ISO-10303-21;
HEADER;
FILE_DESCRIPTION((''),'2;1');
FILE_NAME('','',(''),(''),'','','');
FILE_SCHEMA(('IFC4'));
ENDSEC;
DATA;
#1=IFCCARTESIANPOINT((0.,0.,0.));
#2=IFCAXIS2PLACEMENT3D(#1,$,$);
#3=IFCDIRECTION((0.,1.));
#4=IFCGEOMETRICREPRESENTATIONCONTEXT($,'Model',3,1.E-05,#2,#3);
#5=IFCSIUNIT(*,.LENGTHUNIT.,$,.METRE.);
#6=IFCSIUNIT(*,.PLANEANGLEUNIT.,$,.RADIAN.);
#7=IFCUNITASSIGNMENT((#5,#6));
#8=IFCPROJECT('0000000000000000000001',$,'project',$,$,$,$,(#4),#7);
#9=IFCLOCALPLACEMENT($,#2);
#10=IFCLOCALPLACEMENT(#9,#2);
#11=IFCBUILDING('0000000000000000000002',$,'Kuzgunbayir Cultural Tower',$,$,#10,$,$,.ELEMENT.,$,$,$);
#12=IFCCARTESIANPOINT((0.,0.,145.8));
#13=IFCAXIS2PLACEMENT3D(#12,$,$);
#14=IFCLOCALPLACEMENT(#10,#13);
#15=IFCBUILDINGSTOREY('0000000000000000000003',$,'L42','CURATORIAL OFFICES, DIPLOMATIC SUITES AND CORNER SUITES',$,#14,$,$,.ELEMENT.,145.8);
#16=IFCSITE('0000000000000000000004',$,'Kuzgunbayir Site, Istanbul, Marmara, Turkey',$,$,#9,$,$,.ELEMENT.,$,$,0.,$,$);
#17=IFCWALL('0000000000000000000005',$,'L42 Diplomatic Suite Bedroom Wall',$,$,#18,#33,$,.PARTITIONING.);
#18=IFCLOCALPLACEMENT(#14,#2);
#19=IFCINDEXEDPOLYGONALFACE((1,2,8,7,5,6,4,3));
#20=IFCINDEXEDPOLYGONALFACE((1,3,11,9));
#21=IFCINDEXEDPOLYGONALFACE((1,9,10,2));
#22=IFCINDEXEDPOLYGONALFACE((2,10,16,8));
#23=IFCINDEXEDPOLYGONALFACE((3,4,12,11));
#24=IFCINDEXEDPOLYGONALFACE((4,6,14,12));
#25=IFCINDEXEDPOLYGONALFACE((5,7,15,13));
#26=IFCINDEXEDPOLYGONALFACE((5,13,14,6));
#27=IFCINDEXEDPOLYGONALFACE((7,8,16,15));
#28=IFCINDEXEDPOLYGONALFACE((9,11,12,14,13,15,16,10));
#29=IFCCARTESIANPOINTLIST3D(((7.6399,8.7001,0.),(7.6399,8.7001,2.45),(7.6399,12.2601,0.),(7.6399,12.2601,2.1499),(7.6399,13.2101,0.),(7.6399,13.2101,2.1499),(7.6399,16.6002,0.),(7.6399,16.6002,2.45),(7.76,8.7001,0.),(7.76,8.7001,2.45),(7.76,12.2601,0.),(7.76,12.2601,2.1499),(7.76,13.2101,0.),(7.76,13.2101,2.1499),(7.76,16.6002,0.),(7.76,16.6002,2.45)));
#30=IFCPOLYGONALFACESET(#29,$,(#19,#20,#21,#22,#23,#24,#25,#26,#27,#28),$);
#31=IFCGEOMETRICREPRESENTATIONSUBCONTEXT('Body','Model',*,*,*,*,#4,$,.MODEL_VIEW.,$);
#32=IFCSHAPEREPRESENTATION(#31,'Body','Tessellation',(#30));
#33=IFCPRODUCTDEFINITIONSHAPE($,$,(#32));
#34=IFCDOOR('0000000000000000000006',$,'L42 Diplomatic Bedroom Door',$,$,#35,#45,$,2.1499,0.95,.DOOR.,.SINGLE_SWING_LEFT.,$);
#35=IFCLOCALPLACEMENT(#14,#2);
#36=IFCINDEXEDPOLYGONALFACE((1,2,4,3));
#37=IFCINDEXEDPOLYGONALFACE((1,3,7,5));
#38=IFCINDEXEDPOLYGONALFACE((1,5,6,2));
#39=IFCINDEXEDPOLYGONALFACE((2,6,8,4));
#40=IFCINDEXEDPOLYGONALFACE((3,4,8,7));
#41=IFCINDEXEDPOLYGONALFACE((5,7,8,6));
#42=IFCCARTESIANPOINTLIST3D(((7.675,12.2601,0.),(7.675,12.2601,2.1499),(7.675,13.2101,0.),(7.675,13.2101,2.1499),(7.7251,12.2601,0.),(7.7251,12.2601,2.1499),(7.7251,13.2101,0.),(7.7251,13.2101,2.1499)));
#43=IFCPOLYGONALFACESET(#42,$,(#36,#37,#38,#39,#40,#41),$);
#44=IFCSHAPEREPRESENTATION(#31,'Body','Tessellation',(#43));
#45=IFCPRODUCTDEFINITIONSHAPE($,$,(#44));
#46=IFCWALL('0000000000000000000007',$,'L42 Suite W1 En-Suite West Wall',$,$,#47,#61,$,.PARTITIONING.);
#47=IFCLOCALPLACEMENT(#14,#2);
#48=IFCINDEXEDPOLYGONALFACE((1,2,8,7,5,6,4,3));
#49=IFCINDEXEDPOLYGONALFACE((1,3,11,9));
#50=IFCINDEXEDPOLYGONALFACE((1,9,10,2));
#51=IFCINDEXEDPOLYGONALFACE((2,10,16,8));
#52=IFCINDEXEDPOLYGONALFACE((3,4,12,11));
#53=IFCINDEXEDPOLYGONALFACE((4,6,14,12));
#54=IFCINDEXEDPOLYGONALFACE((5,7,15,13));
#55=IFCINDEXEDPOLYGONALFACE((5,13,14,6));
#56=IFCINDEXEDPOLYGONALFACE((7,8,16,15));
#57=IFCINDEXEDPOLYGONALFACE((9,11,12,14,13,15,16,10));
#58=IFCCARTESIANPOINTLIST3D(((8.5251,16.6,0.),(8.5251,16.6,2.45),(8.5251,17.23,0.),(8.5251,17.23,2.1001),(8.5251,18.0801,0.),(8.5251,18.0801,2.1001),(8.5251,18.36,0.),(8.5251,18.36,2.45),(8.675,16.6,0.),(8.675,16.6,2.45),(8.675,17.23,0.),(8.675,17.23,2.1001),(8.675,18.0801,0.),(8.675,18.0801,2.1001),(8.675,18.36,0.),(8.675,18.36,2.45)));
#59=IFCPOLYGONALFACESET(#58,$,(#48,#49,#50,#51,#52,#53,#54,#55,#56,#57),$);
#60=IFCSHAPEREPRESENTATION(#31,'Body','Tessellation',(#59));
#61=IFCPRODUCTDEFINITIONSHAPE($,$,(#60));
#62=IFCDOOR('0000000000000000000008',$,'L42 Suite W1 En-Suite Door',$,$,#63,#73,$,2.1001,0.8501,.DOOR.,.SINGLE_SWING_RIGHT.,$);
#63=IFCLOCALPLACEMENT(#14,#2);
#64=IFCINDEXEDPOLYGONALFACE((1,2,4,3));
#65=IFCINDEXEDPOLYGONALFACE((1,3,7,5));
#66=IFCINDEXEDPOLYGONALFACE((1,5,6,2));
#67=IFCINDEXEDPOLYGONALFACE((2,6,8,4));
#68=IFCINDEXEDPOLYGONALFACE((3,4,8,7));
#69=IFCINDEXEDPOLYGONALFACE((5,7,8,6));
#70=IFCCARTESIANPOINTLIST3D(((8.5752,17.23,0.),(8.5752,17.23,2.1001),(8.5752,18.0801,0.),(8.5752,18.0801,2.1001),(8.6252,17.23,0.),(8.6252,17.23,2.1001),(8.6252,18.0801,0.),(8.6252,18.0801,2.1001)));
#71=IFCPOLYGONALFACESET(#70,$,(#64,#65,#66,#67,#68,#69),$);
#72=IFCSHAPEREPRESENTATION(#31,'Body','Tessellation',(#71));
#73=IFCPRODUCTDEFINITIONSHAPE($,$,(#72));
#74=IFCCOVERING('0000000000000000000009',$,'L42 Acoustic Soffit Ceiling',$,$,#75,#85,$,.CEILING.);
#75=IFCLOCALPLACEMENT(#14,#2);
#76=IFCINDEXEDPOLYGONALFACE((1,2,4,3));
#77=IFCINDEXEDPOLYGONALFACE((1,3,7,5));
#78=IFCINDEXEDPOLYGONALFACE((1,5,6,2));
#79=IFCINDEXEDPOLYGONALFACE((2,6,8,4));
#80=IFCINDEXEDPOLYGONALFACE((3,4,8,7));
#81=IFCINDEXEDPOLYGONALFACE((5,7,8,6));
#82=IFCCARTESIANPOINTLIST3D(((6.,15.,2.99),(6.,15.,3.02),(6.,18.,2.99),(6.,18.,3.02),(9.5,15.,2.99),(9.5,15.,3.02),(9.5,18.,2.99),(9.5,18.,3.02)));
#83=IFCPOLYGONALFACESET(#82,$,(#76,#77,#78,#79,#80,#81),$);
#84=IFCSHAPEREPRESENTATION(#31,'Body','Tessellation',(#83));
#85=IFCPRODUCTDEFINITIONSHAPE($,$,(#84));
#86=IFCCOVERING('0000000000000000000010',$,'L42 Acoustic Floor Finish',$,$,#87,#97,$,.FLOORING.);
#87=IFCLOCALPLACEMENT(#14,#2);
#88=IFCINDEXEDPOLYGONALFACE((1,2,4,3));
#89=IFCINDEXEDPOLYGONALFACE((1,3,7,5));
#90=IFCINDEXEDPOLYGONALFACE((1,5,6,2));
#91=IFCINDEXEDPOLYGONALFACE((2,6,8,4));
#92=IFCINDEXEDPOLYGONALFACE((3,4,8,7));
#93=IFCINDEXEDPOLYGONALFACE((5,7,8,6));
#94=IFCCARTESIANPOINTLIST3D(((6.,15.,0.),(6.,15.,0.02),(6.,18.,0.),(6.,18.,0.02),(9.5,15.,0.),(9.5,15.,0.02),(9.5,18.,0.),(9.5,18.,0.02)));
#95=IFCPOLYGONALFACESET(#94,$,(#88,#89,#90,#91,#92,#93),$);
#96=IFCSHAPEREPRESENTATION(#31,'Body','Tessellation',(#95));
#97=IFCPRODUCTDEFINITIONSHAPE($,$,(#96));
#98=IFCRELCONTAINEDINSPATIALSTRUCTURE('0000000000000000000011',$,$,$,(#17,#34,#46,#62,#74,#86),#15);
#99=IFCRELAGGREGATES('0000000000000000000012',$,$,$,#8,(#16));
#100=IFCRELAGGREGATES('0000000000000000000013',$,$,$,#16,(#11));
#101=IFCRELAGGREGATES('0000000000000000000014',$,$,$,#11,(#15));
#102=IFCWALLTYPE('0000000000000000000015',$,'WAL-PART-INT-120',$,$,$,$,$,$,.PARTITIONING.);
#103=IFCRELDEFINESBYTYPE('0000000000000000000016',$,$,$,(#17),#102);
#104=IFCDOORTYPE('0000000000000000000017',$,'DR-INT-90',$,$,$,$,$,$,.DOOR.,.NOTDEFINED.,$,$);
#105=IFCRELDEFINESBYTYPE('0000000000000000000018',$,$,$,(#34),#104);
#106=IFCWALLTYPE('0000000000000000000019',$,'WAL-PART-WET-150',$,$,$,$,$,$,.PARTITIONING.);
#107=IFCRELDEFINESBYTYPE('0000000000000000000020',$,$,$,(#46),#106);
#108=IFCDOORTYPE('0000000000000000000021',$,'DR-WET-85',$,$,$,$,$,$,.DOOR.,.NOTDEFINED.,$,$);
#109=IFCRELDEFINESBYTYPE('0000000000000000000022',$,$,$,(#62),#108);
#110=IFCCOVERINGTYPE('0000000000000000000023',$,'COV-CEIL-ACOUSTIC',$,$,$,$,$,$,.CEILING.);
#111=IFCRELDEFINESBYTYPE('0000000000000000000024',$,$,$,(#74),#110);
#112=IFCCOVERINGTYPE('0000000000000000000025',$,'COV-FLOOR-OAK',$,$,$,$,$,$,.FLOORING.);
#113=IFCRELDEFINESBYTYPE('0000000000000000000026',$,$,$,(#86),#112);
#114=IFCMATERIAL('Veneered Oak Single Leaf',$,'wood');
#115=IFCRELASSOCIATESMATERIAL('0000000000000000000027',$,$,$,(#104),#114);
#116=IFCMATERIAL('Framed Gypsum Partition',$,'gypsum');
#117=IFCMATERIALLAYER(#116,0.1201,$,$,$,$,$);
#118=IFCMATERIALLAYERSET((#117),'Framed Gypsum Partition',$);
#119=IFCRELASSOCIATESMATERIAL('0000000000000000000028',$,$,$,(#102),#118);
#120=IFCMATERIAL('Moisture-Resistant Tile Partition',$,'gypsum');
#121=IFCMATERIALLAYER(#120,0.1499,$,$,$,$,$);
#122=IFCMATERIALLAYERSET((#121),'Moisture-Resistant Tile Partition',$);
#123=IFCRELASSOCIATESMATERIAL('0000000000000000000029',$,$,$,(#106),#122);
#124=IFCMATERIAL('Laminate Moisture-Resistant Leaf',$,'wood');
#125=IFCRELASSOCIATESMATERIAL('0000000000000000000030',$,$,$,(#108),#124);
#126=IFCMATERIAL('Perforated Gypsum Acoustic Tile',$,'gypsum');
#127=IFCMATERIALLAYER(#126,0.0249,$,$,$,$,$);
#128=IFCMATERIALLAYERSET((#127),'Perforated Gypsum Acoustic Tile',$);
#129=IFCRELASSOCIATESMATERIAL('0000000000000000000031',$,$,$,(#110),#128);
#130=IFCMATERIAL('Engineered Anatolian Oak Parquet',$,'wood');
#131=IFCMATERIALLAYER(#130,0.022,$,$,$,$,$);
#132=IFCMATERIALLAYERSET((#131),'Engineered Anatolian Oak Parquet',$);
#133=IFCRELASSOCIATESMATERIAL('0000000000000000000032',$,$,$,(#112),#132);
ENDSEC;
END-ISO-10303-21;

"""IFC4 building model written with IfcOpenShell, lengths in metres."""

from ifc_helpers import new_model, si_unit, direction, frame, frame_2d, origin, place, context, subcontext, project, spatial, polyline, rectangle, outline, extrude, material, layer, layer_set, type_object, element, fill, save


model = new_model("IFC4")

# Units and contexts
model_context = context("Model", 3, precision=1e-05, world=origin(), true_north=direction((0.0, 1.0)))
body_context = subcontext(model_context, "Body", "Model", "MODEL_VIEW")
ifc_project = project(units=[si_unit("LENGTHUNIT", "METRE"), si_unit("PLANEANGLEUNIT", "RADIAN")], contexts=[model_context])

# Site, building, storey
site_placement = place(None, origin())
site = spatial("IfcSite", under=ifc_project, at=site_placement, Name="Kuzgunbayir Site, Istanbul, Marmara, Turkey", CompositionType="ELEMENT", RefElevation=0.0)
building_placement = place(site_placement, origin())
building = spatial("IfcBuilding", under=site, at=building_placement, Name="Kuzgunbayir Cultural Tower", CompositionType="ELEMENT")
storey_placement = place(building_placement, frame((0.0, 0.0, 145.8)))
storey = spatial("IfcBuildingStorey", under=building, at=storey_placement, Name="L42", Description="CURATORIAL OFFICES, DIPLOMATIC SUITES AND CORNER SUITES", CompositionType="ELEMENT", Elevation=145.8)

# Shared definitions
ifc_material_1 = material(Name="Veneered Oak Single Leaf", Category="wood")
door_type_1 = type_object("IfcDoorType", Name="DR-INT-90", OperationType="NOTDEFINED", PredefinedType="DOOR", material=ifc_material_1)

# Walls, openings, doors
ifc_material_2 = material(Name="Framed Gypsum Partition", Category="gypsum")
ifc_layer_1 = layer(ifc_material_2, 0.1201)
ifc_layer_set_1 = layer_set([ifc_layer_1], Name="Framed Gypsum Partition")
wall_type_1 = type_object("IfcWallType", Name="WAL-PART-INT-120", PredefinedType="PARTITIONING", material=ifc_layer_set_1)
wall_1_placement = place(storey_placement, frame((7.7, 8.7, 0.0), z_axis=(0.0, 0.0, 1.0), x_axis=(0.0, 1.0, 0.0)))
wall_1 = element("IfcWall", 1, at=wall_1_placement, inside=storey, type_object=wall_type_1, Name="L42 Diplomatic Suite Bedroom Wall", PredefinedType="PARTITIONING", context=body_context, shape_type="SweptSolid", body=[
    extrude(rectangle(XDim=7.9001, YDim=0.1201, at=frame_2d((3.9502, 0.0))), origin(), (0.0, 0.0, 1.0), 2.45),
])
opening_1_placement = place(wall_1_placement, frame((3.5601, 0.0, 0.0)))
opening_1 = element("IfcOpeningElement", 2, at=opening_1_placement, cuts=wall_1, PredefinedType="OPENING", context=body_context, shape_type="SweptSolid", body=[
    extrude(rectangle(XDim=0.95, YDim=2.1499, at=frame_2d((0.4751, 1.075))), frame((0.0, 0.0701, 0.0), z_axis=(0.0, -1.0, 0.0), x_axis=(1.0, 0.0, 0.0)), (0.0, 0.0, 1.0), 0.1401),
])
door_1_placement = place(opening_1_placement, origin())
door_1 = element("IfcDoor", 3, at=door_1_placement, inside=storey, type_object=door_type_1, Name="L42 Diplomatic Bedroom Door", OperationType="SINGLE_SWING_LEFT", OverallHeight=2.1499, OverallWidth=0.95, PredefinedType="DOOR", context=body_context, shape_type="SweptSolid", body=[
    extrude(rectangle(XDim=0.95, YDim=2.1499, at=frame_2d((0.4751, 1.075))), frame((0.0, 0.0249, 0.0), z_axis=(0.0, -1.0, 0.0), x_axis=(1.0, 0.0, 0.0)), (0.0, 0.0, 1.0), 0.05),
])
fill(opening_1, door_1)
ifc_material_3 = material(Name="Moisture-Resistant Tile Partition", Category="gypsum")
ifc_layer_2 = layer(ifc_material_3, 0.1499)
ifc_layer_set_2 = layer_set([ifc_layer_2], Name="Moisture-Resistant Tile Partition")
wall_type_2 = type_object("IfcWallType", Name="WAL-PART-WET-150", PredefinedType="PARTITIONING", material=ifc_layer_set_2)
wall_2_placement = place(storey_placement, frame((8.6001, 16.6001, 0.0), z_axis=(0.0, 0.0, 1.0), x_axis=(0.0, 1.0, 0.0)))
wall_2 = element("IfcWall", 4, at=wall_2_placement, inside=storey, type_object=wall_type_2, Name="L42 Suite W1 En-Suite West Wall", PredefinedType="PARTITIONING", context=body_context, shape_type="SweptSolid", body=[
    extrude(rectangle(XDim=1.76, YDim=0.1499, at=frame_2d((0.8799, 0.0))), origin(), (0.0, 0.0, 1.0), 2.45),
])
opening_2_placement = place(wall_2_placement, frame((0.6299, 0.0, 0.0)))
opening_2 = element("IfcOpeningElement", 5, at=opening_2_placement, cuts=wall_2, PredefinedType="OPENING", context=body_context, shape_type="SweptSolid", body=[
    extrude(rectangle(XDim=0.8501, YDim=2.1001, at=frame_2d((0.425, 1.05))), frame((0.0, 0.085, 0.0), z_axis=(0.0, -1.0, 0.0), x_axis=(1.0, 0.0, 0.0)), (0.0, 0.0, 1.0), 0.1699),
])
ifc_material_4 = material(Name="Laminate Moisture-Resistant Leaf", Category="wood")
door_type_2 = type_object("IfcDoorType", Name="DR-WET-85", OperationType="NOTDEFINED", PredefinedType="DOOR", material=ifc_material_4)
door_2_placement = place(opening_2_placement, origin())
door_2 = element("IfcDoor", 6, at=door_2_placement, inside=storey, type_object=door_type_2, Name="L42 Suite W1 En-Suite Door", OperationType="SINGLE_SWING_RIGHT", OverallHeight=2.1001, OverallWidth=0.8501, PredefinedType="DOOR", context=body_context, shape_type="SweptSolid", body=[
    extrude(rectangle(XDim=0.8501, YDim=2.1001, at=frame_2d((0.425, 1.05))), frame((0.0, 0.0249, 0.0), z_axis=(0.0, -1.0, 0.0), x_axis=(1.0, 0.0, 0.0)), (0.0, 0.0, 1.0), 0.05),
])
fill(opening_2, door_2)

# Coverings
ifc_material_5 = material(Name="Perforated Gypsum Acoustic Tile", Category="gypsum")
ifc_layer_3 = layer(ifc_material_5, 0.0249)
ifc_layer_set_3 = layer_set([ifc_layer_3], Name="Perforated Gypsum Acoustic Tile")
covering_type_1 = type_object("IfcCoveringType", Name="COV-CEIL-ACOUSTIC", PredefinedType="CEILING", material=ifc_layer_set_3)
covering_1_placement = place(storey_placement, frame((0.0, 0.0, 2.99)))
element("IfcCovering", 7, at=covering_1_placement, inside=storey, type_object=covering_type_1, Name="L42 Acoustic Soffit Ceiling", PredefinedType="CEILING", context=body_context, shape_type="SweptSolid", body=[
    extrude(outline(polyline([(6.0, 15.0), (9.5, 15.0), (9.5, 18.0), (6.0, 18.0), (6.0, 15.0)])), origin(), (0.0, 0.0, 1.0), 0.03),
])
ifc_material_6 = material(Name="Engineered Anatolian Oak Parquet", Category="wood")
ifc_layer_4 = layer(ifc_material_6, 0.022)
ifc_layer_set_4 = layer_set([ifc_layer_4], Name="Engineered Anatolian Oak Parquet")
covering_type_2 = type_object("IfcCoveringType", Name="COV-FLOOR-OAK", PredefinedType="FLOORING", material=ifc_layer_set_4)
covering_2_placement = place(storey_placement, origin())
element("IfcCovering", 8, at=covering_2_placement, inside=storey, type_object=covering_type_2, Name="L42 Acoustic Floor Finish", PredefinedType="FLOORING", context=body_context, shape_type="SweptSolid", body=[
    extrude(outline(polyline([(6.0, 15.0), (9.5, 15.0), (9.5, 18.0), (6.0, 18.0), (6.0, 15.0)])), origin(), (0.0, 0.0, 1.0), 0.02),
])

save(model, "model.ifc")
